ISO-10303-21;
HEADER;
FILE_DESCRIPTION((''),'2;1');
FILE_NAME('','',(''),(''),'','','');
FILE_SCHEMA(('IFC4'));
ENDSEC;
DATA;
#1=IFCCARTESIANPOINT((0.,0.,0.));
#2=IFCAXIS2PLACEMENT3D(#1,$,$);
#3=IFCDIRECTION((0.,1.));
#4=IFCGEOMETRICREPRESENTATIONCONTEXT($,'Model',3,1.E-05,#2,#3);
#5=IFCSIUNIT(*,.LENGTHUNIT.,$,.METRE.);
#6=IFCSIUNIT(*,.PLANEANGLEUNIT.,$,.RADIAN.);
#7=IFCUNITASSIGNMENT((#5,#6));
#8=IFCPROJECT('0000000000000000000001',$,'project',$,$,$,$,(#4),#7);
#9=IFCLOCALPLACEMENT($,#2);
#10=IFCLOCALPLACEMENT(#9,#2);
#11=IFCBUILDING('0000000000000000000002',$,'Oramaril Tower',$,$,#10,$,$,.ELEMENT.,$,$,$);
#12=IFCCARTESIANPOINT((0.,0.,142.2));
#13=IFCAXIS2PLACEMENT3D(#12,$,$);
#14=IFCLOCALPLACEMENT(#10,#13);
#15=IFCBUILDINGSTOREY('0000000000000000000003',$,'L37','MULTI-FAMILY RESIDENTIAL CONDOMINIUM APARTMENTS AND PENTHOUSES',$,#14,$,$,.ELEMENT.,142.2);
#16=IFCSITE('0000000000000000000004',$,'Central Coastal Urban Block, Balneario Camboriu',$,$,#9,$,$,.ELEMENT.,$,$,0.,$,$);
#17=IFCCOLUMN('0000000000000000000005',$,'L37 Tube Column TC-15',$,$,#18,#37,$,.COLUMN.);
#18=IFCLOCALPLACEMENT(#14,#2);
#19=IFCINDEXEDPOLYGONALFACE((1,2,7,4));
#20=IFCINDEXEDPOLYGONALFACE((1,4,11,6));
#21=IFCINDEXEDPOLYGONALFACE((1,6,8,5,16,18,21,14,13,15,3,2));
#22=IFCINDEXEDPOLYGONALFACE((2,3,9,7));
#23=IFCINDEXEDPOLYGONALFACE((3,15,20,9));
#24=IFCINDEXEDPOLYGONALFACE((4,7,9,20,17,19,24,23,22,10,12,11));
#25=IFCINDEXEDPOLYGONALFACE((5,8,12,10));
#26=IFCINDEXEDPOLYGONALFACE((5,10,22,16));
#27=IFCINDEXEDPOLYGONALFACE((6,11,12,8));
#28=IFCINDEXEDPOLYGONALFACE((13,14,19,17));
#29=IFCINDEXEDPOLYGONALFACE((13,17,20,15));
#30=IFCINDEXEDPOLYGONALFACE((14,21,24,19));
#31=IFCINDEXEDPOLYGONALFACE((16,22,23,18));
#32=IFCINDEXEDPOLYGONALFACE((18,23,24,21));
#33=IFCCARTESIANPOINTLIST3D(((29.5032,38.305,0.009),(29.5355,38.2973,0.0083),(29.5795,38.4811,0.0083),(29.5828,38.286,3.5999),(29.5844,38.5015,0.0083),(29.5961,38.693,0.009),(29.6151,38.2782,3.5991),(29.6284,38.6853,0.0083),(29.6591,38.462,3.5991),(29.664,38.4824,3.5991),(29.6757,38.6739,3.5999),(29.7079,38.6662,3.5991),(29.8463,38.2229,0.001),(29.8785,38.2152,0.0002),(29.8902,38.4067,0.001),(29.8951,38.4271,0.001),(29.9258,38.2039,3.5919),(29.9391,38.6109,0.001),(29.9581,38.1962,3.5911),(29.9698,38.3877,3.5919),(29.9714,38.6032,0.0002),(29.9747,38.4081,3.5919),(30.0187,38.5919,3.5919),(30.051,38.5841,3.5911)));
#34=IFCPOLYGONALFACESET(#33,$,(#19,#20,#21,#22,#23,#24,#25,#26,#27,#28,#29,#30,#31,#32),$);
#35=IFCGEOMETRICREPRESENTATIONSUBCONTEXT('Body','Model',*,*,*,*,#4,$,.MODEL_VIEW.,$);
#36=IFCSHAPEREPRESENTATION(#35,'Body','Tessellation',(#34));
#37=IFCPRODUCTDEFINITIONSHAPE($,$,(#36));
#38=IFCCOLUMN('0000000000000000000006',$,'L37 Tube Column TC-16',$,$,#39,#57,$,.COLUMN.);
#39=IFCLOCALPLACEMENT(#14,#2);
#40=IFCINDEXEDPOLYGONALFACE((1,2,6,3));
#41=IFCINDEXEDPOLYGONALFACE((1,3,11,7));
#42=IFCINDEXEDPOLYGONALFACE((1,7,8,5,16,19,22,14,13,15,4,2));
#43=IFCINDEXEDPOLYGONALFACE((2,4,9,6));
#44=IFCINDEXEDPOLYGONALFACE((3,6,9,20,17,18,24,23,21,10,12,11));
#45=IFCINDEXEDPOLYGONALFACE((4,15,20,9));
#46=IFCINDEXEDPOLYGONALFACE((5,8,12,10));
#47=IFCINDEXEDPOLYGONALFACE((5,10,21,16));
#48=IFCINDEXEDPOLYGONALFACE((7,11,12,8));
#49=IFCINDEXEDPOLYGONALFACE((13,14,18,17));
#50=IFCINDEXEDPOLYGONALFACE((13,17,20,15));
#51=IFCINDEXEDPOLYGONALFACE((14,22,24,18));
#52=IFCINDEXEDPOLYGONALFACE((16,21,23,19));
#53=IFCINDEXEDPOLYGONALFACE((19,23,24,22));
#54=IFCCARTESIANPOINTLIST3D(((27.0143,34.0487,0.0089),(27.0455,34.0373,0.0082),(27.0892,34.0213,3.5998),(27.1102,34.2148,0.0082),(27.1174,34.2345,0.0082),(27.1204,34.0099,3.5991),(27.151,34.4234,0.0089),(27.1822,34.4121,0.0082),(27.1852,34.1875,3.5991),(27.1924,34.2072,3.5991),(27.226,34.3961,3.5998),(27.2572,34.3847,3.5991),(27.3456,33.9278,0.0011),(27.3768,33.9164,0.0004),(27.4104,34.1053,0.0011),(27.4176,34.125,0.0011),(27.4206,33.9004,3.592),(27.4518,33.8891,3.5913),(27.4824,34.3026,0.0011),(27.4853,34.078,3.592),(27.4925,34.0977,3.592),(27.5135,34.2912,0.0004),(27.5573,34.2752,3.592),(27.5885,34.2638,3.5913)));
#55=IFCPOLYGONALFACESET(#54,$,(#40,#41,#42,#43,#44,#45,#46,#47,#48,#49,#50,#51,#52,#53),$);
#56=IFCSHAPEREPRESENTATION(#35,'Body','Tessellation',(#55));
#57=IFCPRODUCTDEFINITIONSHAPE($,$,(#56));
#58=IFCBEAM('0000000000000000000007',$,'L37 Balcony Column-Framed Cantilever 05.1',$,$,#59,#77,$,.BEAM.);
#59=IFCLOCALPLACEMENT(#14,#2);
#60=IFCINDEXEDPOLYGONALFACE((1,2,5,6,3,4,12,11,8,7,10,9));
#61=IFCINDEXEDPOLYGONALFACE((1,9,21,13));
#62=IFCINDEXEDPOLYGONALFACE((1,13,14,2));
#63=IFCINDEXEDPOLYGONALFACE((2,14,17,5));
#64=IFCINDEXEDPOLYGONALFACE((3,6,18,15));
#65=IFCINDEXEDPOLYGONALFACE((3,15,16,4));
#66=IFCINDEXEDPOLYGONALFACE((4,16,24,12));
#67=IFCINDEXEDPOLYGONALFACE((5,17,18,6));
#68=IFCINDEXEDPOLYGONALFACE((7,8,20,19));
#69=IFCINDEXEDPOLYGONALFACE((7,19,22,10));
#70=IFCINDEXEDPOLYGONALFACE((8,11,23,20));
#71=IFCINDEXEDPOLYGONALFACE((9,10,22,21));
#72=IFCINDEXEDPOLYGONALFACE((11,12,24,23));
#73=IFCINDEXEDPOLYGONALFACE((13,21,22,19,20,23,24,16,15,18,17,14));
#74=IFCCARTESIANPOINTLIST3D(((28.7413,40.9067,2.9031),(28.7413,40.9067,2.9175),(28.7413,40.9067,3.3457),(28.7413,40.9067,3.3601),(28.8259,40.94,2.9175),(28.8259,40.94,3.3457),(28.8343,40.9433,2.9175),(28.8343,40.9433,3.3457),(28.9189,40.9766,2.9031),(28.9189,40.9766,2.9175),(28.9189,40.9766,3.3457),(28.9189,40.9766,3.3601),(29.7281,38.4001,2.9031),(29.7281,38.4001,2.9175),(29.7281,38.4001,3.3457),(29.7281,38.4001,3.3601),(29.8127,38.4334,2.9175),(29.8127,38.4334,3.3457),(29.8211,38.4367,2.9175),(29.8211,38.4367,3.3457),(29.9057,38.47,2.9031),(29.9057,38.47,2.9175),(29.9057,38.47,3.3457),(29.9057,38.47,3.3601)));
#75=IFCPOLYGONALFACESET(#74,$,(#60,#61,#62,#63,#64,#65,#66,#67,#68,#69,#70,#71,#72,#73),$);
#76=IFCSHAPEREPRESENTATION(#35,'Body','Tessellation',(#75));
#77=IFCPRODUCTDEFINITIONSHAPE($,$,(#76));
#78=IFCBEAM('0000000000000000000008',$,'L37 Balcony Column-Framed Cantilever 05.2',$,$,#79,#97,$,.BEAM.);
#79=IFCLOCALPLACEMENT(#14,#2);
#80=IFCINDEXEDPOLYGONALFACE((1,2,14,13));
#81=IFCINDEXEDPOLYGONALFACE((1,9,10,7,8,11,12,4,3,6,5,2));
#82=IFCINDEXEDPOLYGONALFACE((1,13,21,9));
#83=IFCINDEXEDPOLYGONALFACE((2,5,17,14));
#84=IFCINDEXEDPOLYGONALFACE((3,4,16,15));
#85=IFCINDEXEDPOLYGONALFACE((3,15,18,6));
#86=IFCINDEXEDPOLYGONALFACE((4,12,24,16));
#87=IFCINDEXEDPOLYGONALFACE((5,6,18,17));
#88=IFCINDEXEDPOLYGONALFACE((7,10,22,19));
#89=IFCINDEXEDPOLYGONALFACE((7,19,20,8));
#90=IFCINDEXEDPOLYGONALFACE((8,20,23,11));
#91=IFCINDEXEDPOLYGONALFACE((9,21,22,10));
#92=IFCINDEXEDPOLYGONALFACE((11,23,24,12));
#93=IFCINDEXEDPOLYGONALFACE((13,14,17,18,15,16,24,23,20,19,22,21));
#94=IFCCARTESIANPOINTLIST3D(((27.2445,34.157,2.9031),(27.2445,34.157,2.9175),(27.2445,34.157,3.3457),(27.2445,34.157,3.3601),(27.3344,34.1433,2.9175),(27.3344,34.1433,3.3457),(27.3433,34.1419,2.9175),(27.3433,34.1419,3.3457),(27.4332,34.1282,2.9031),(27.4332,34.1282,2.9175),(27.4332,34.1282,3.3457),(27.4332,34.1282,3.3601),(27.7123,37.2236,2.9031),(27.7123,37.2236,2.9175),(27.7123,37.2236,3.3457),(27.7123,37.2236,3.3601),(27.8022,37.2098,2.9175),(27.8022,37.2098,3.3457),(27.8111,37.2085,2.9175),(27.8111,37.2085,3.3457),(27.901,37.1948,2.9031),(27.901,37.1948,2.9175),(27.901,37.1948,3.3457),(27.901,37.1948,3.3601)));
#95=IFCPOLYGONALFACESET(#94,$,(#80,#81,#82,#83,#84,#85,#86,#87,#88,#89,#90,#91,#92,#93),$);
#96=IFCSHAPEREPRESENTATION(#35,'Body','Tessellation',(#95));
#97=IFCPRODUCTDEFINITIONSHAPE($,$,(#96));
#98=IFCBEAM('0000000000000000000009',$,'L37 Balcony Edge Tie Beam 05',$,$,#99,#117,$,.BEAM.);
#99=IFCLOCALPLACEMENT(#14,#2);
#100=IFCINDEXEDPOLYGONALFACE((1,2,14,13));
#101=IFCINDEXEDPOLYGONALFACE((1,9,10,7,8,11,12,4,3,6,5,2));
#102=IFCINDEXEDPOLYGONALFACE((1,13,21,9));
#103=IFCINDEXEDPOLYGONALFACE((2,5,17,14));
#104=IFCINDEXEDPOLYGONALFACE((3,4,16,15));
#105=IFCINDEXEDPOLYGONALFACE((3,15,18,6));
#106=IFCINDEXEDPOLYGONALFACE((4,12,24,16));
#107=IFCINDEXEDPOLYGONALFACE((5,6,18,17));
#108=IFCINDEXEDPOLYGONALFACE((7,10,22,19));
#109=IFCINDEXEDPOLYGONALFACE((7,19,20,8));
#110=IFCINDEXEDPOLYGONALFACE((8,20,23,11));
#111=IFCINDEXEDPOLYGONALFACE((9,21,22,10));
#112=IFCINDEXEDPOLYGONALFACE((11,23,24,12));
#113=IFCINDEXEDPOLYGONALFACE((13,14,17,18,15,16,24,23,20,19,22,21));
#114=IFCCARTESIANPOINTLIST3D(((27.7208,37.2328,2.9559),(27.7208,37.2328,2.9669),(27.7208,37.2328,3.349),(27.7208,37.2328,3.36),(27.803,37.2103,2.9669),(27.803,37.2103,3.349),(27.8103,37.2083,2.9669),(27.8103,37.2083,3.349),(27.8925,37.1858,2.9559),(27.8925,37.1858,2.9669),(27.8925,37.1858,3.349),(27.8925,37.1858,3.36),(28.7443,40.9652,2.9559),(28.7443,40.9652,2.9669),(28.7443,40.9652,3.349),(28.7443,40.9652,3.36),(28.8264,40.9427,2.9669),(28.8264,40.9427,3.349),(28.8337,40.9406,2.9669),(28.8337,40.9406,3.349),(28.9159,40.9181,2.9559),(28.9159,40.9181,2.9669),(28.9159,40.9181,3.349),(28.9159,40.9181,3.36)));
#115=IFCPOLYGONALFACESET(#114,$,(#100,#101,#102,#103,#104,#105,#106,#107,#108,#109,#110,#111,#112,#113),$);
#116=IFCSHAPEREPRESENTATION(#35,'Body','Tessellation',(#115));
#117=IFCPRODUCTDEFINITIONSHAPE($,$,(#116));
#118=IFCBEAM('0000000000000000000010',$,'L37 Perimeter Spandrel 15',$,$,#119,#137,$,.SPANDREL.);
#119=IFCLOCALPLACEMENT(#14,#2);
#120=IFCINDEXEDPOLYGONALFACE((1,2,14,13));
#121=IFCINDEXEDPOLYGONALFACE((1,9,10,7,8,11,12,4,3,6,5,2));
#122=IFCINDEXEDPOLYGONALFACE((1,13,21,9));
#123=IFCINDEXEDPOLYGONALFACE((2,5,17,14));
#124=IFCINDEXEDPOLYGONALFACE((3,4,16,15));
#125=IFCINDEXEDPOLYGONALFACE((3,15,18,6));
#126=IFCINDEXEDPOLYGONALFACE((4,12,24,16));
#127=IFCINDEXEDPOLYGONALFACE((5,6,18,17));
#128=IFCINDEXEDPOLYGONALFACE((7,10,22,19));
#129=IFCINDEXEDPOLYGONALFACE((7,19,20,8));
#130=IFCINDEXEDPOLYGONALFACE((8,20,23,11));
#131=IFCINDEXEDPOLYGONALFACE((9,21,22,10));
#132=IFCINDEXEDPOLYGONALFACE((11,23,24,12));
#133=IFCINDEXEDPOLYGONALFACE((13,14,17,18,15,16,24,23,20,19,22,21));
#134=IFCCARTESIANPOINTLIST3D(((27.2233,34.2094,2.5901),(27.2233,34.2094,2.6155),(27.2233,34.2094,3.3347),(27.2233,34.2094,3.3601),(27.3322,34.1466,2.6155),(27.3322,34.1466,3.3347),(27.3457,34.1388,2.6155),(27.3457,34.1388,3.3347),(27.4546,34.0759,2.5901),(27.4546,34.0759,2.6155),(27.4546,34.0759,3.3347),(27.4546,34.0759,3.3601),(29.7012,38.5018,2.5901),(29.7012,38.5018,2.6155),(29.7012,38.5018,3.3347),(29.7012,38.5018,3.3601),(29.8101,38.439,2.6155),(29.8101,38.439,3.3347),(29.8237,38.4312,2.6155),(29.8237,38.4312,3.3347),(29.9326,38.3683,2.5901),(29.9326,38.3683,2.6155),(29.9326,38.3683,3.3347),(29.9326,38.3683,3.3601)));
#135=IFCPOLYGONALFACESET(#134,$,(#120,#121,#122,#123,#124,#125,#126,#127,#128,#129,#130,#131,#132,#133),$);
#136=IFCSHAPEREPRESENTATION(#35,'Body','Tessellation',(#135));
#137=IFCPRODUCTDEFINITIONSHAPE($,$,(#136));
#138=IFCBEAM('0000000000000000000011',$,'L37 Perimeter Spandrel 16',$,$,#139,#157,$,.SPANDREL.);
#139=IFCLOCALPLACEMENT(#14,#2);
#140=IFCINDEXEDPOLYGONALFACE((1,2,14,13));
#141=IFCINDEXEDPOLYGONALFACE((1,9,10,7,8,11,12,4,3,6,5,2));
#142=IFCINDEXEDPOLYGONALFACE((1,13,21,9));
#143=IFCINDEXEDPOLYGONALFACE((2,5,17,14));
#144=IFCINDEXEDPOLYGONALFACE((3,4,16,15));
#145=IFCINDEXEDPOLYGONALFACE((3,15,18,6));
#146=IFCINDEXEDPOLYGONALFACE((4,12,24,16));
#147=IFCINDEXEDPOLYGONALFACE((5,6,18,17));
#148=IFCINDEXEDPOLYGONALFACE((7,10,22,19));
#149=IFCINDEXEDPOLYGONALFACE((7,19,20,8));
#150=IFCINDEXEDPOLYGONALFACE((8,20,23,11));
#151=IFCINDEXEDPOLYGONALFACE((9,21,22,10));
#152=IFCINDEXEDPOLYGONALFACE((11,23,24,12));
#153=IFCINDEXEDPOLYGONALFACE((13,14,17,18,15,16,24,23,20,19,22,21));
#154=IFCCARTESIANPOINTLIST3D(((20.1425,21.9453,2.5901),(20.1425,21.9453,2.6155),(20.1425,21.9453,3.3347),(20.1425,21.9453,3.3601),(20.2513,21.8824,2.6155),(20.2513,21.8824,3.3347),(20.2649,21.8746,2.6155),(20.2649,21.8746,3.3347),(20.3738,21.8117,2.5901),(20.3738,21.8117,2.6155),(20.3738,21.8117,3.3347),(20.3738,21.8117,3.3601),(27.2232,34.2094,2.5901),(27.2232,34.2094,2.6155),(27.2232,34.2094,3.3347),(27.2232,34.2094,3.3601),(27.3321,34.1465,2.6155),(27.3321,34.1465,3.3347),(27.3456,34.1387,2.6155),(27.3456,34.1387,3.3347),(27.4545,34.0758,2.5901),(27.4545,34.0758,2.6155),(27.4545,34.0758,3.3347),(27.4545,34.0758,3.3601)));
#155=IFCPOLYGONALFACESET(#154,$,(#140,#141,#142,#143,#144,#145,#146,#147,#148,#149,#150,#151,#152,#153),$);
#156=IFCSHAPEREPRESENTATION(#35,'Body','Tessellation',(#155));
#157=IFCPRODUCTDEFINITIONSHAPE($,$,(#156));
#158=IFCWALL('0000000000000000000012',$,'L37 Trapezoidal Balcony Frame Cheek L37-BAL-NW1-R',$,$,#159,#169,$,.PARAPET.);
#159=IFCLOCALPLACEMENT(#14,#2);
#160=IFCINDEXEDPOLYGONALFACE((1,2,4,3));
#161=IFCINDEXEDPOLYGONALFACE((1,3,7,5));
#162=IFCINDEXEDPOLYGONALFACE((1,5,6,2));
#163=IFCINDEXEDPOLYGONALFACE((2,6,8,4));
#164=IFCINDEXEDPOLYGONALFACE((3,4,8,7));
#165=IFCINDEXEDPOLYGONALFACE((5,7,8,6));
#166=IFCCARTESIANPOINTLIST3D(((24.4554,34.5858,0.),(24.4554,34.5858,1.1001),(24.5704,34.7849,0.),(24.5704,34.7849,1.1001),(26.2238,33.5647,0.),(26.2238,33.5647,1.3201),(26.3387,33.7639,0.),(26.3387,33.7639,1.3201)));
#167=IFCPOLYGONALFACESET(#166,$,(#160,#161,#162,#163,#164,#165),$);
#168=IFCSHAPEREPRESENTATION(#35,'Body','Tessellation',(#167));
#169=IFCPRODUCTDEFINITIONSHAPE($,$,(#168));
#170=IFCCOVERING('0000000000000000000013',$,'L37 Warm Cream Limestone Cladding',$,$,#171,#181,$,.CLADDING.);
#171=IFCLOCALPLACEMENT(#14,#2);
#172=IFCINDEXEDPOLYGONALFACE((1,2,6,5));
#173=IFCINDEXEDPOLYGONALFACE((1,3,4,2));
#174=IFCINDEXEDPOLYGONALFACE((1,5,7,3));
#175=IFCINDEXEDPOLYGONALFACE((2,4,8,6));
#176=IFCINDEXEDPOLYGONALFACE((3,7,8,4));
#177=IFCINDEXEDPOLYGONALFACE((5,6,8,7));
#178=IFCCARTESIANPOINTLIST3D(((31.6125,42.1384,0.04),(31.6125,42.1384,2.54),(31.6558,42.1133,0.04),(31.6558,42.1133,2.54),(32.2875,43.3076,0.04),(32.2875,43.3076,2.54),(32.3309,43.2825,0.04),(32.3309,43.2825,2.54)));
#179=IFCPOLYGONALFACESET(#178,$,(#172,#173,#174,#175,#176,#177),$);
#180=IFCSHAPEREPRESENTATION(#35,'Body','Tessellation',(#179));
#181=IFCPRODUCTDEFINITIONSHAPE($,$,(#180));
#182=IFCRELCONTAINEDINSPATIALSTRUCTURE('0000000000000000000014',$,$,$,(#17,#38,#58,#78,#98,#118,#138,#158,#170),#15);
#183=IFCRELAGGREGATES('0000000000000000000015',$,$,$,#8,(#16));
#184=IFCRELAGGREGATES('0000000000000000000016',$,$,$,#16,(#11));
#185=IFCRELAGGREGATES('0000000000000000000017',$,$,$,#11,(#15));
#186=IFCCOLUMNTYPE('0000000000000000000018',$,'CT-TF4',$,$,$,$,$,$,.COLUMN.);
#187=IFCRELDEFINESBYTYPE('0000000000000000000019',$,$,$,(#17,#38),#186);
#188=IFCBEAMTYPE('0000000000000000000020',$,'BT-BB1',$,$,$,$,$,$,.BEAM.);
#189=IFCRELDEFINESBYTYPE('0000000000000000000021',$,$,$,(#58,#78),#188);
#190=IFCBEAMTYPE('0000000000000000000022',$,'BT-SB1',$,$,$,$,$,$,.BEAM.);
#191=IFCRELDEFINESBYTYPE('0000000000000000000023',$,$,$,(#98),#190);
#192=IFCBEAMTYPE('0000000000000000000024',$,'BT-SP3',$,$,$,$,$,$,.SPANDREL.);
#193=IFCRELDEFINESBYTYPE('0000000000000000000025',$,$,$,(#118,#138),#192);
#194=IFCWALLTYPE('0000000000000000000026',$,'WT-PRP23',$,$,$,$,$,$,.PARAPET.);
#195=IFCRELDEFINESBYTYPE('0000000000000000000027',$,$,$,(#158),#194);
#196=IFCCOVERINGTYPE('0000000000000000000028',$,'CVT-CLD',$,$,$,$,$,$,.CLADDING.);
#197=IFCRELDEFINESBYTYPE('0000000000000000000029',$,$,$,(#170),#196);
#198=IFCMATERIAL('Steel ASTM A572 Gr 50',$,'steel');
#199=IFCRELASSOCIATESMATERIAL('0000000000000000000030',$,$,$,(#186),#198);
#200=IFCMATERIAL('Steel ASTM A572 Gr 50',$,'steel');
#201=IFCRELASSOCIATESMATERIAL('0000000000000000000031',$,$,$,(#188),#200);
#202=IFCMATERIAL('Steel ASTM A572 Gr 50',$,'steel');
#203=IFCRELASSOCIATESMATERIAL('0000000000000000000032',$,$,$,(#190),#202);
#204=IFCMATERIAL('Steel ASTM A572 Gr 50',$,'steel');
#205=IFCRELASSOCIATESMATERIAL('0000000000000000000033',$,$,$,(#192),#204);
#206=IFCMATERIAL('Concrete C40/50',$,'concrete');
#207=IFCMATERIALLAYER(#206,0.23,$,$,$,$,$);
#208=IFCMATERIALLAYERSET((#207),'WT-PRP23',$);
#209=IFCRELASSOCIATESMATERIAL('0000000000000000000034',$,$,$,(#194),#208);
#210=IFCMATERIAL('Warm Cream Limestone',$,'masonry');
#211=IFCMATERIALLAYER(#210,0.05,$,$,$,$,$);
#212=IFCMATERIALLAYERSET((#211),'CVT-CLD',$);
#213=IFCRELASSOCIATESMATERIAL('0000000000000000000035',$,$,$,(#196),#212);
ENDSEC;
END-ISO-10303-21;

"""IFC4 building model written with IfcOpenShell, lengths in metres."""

from ifc_helpers import new_model, si_unit, direction, frame, origin, origin_2d, place, context, subcontext, project, spatial, polyline, rectangle, i_section, outline, extrude, material, layer, layer_set, material_profile, profile_set, type_object, element, save


model = new_model("IFC4")

# Units and contexts
model_context = context("Model", 3, precision=1e-05, world=origin(), true_north=direction((0.0, 1.0)))
body_context = subcontext(model_context, "Body", "Model", "MODEL_VIEW")
ifc_project = project(units=[si_unit("LENGTHUNIT", "METRE"), si_unit("PLANEANGLEUNIT", "RADIAN")], contexts=[model_context])

# Site, building, storey
site_placement = place(None, origin())
site = spatial("IfcSite", under=ifc_project, at=site_placement, Name="Central Coastal Urban Block, Balneario Camboriu", CompositionType="ELEMENT", RefElevation=0.0)
building_placement = place(site_placement, origin())
building = spatial("IfcBuilding", under=site, at=building_placement, Name="Oramaril Tower", CompositionType="ELEMENT")
storey_placement = place(building_placement, frame((0.0, 0.0, 142.2)))
storey = spatial("IfcBuildingStorey", under=building, at=storey_placement, Name="L37", Description="MULTI-FAMILY RESIDENTIAL CONDOMINIUM APARTMENTS AND PENTHOUSES", CompositionType="ELEMENT", Elevation=142.2)

# Columns
ifc_material_1 = material(Name="Steel ASTM A572 Gr 50", Category="steel")
ifc_material_profile_1 = material_profile(ifc_material_1, i_section(OverallWidth=0.3989, OverallDepth=0.386, WebThickness=0.021, FlangeThickness=0.0332, at=origin_2d()), Name="W14X176")
ifc_profile_set_1 = profile_set([ifc_material_profile_1], Name="Steel ASTM A572 Gr 50")
column_type = type_object("IfcColumnType", Name="CT-TF4", PredefinedType="COLUMN", material=ifc_profile_set_1)
for number, where, z_axis, x_axis, name in (
    (1, (29.7373, 38.4541, 0.0046), (0.022159, -0.005302, 0.99974), (0.232696, 0.97255, 0.0), "L37 Tube Column TC-15"),
    (2, (27.2639, 34.1699, 0.0046), (0.020868, -0.007613, 0.999753), (0.342726, 0.939436, 0.0), "L37 Tube Column TC-16"),
):
    element("IfcColumn", number, at=place(storey_placement, frame(where, z_axis=z_axis, x_axis=x_axis)), inside=storey, type_object=column_type, Name=name, PredefinedType="COLUMN", context=body_context, shape_type="SweptSolid", body=[
        extrude(i_section(OverallWidth=0.3989, OverallDepth=0.386, WebThickness=0.021, FlangeThickness=0.0332, at=origin_2d()), origin(), (0.0, 0.0, 1.0), 3.5918),
    ])

# Beams
ifc_material_2 = material(Name="Steel ASTM A572 Gr 50", Category="steel")
ifc_material_profile_2 = material_profile(ifc_material_2, i_section(OverallWidth=0.1909, OverallDepth=0.457, WebThickness=0.009, FlangeThickness=0.0144, at=origin_2d()), Name="W18X50")
ifc_profile_set_2 = profile_set([ifc_material_profile_2], Name="Steel ASTM A572 Gr 50")
beam_type_1 = type_object("IfcBeamType", Name="BT-BB1", PredefinedType="BEAM", material=ifc_profile_set_2)
beam_1_placement = place(storey_placement, frame((29.8169, 38.4351, 3.1316), z_axis=(-0.366322, 0.930488, 0.0), x_axis=(-0.930488, -0.366322, 0.0)))
element("IfcBeam", 3, at=beam_1_placement, inside=storey, type_object=beam_type_1, Name="L37 Balcony Column-Framed Cantilever 05.1", PredefinedType="BEAM", context=body_context, shape_type="SweptSolid", body=[
    extrude(i_section(OverallWidth=0.1909, OverallDepth=0.457, WebThickness=0.009, FlangeThickness=0.0144, at=origin_2d()), origin(), (0.0, 0.0, 1.0), 2.6938),
])
beam_2_placement = place(storey_placement, frame((27.3389, 34.1426, 3.1316), z_axis=(0.150791, 0.988566, 0.0), x_axis=(-0.988566, 0.150791, 0.0)))
element("IfcBeam", 4, at=beam_2_placement, inside=storey, type_object=beam_type_1, Name="L37 Balcony Column-Framed Cantilever 05.2", PredefinedType="BEAM", context=body_context, shape_type="SweptSolid", body=[
    extrude(i_section(OverallWidth=0.1909, OverallDepth=0.457, WebThickness=0.009, FlangeThickness=0.0144, at=origin_2d()), origin(), (0.0, 0.0, 1.0), 3.1021),
])
ifc_material_3 = material(Name="Steel ASTM A572 Gr 50", Category="steel")
ifc_material_profile_3 = material_profile(ifc_material_3, i_section(OverallWidth=0.178, OverallDepth=0.4041, WebThickness=0.0076, FlangeThickness=0.011, at=origin_2d()), Name="W16X36")
ifc_profile_set_3 = profile_set([ifc_material_profile_3], Name="Steel ASTM A572 Gr 50")
beam_type_2 = type_object("IfcBeamType", Name="BT-SB1", PredefinedType="BEAM", material=ifc_profile_set_3)
beam_3_placement = place(storey_placement, frame((28.8301, 40.9417, 3.158), z_axis=(-0.264441, -0.964402, 0.0), x_axis=(0.964402, -0.264441, 0.0)))
element("IfcBeam", 5, at=beam_3_placement, inside=storey, type_object=beam_type_2, Name="L37 Balcony Edge Tie Beam 05", PredefinedType="BEAM", context=body_context, shape_type="SweptSolid", body=[
    extrude(i_section(OverallWidth=0.178, OverallDepth=0.4041, WebThickness=0.0076, FlangeThickness=0.011, at=origin_2d()), origin(), (0.0, 0.0, 1.0), 3.8701),
])
ifc_material_4 = material(Name="Steel ASTM A572 Gr 50", Category="steel")
ifc_material_profile_4 = material_profile(ifc_material_4, i_section(OverallWidth=0.2671, OverallDepth=0.77, WebThickness=0.0156, FlangeThickness=0.0254, at=origin_2d()), Name="W30X132")
ifc_profile_set_4 = profile_set([ifc_material_profile_4], Name="Steel ASTM A572 Gr 50")
beam_type_3 = type_object("IfcBeamType", Name="BT-SP3", PredefinedType="SPANDREL", material=ifc_profile_set_4)
beam_4_placement = place(storey_placement, frame((29.8169, 38.4351, 2.9751), z_axis=(-0.499964, -0.866046, 0.0), x_axis=(0.866046, -0.499964, 0.0)))
element("IfcBeam", 6, at=beam_4_placement, inside=storey, type_object=beam_type_3, Name="L37 Perimeter Spandrel 15", PredefinedType="SPANDREL", context=body_context, shape_type="SweptSolid", body=[
    extrude(i_section(OverallWidth=0.2671, OverallDepth=0.77, WebThickness=0.0156, FlangeThickness=0.0254, at=origin_2d()), origin(), (0.0, 0.0, 1.0), 4.9563),
])
beam_5_placement = place(storey_placement, frame((27.3389, 34.1426, 2.9751), z_axis=(-0.500005, -0.866023, 0.0), x_axis=(0.866023, -0.500005, 0.0)))
element("IfcBeam", 7, at=beam_5_placement, inside=storey, type_object=beam_type_3, Name="L37 Perimeter Spandrel 16", PredefinedType="SPANDREL", context=body_context, shape_type="SweptSolid", body=[
    extrude(i_section(OverallWidth=0.2671, OverallDepth=0.77, WebThickness=0.0156, FlangeThickness=0.0254, at=origin_2d()), origin(), (0.0, 0.0, 1.0), 14.1614),
])

# Wall
ifc_material_5 = material(Name="Concrete C40/50", Category="concrete")
ifc_layer_1 = layer(ifc_material_5, 0.23)
ifc_layer_set_1 = layer_set([ifc_layer_1], Name="WT-PRP23")
wall_type = type_object("IfcWallType", Name="WT-PRP23", PredefinedType="PARAPET", material=ifc_layer_set_1)
wall_placement = place(storey_placement, frame((26.2812, 33.6643, 0.0), z_axis=(0.0, 0.0, 1.0), x_axis=(-0.866012, 0.500023, 0.0)))
element("IfcWall", 8, at=wall_placement, inside=storey, type_object=wall_type, Name="L37 Trapezoidal Balcony Frame Cheek L37-BAL-NW1-R", PredefinedType="PARAPET", context=body_context, shape_type="SweptSolid", body=[
    extrude(outline(polyline([(0.0, 0.0), (2.042, 0.0), (2.042, 1.1001), (0.0, 1.3201), (0.0, 0.0)])), frame((0.0, 0.115, 0.0), z_axis=(0.0, -1.0, 0.0), x_axis=(1.0, 0.0, 0.0)), (0.0, 0.0, 1.0), 0.23),
])

# Covering
ifc_material_6 = material(Name="Warm Cream Limestone", Category="masonry")
ifc_layer_2 = layer(ifc_material_6, 0.05)
ifc_layer_set_2 = layer_set([ifc_layer_2], Name="CVT-CLD")
covering_type = type_object("IfcCoveringType", Name="CVT-CLD", PredefinedType="CLADDING", material=ifc_layer_set_2)
covering_1_placement = place(storey_placement, frame((31.9717, 42.7104, 0.04), z_axis=(0.0, 0.0, 1.0), x_axis=(-0.499998, -0.866026, 0.0)))
element("IfcCovering", 9, at=covering_1_placement, inside=storey, type_object=covering_type, Name="L37 Warm Cream Limestone Cladding", PredefinedType="CLADDING", context=body_context, shape_type="SweptSolid", body=[
    extrude(rectangle(XDim=1.3501, YDim=0.05, at=origin_2d()), origin(), (0.0, 0.0, 1.0), 2.5),
])

save(model, "model.ifc")
